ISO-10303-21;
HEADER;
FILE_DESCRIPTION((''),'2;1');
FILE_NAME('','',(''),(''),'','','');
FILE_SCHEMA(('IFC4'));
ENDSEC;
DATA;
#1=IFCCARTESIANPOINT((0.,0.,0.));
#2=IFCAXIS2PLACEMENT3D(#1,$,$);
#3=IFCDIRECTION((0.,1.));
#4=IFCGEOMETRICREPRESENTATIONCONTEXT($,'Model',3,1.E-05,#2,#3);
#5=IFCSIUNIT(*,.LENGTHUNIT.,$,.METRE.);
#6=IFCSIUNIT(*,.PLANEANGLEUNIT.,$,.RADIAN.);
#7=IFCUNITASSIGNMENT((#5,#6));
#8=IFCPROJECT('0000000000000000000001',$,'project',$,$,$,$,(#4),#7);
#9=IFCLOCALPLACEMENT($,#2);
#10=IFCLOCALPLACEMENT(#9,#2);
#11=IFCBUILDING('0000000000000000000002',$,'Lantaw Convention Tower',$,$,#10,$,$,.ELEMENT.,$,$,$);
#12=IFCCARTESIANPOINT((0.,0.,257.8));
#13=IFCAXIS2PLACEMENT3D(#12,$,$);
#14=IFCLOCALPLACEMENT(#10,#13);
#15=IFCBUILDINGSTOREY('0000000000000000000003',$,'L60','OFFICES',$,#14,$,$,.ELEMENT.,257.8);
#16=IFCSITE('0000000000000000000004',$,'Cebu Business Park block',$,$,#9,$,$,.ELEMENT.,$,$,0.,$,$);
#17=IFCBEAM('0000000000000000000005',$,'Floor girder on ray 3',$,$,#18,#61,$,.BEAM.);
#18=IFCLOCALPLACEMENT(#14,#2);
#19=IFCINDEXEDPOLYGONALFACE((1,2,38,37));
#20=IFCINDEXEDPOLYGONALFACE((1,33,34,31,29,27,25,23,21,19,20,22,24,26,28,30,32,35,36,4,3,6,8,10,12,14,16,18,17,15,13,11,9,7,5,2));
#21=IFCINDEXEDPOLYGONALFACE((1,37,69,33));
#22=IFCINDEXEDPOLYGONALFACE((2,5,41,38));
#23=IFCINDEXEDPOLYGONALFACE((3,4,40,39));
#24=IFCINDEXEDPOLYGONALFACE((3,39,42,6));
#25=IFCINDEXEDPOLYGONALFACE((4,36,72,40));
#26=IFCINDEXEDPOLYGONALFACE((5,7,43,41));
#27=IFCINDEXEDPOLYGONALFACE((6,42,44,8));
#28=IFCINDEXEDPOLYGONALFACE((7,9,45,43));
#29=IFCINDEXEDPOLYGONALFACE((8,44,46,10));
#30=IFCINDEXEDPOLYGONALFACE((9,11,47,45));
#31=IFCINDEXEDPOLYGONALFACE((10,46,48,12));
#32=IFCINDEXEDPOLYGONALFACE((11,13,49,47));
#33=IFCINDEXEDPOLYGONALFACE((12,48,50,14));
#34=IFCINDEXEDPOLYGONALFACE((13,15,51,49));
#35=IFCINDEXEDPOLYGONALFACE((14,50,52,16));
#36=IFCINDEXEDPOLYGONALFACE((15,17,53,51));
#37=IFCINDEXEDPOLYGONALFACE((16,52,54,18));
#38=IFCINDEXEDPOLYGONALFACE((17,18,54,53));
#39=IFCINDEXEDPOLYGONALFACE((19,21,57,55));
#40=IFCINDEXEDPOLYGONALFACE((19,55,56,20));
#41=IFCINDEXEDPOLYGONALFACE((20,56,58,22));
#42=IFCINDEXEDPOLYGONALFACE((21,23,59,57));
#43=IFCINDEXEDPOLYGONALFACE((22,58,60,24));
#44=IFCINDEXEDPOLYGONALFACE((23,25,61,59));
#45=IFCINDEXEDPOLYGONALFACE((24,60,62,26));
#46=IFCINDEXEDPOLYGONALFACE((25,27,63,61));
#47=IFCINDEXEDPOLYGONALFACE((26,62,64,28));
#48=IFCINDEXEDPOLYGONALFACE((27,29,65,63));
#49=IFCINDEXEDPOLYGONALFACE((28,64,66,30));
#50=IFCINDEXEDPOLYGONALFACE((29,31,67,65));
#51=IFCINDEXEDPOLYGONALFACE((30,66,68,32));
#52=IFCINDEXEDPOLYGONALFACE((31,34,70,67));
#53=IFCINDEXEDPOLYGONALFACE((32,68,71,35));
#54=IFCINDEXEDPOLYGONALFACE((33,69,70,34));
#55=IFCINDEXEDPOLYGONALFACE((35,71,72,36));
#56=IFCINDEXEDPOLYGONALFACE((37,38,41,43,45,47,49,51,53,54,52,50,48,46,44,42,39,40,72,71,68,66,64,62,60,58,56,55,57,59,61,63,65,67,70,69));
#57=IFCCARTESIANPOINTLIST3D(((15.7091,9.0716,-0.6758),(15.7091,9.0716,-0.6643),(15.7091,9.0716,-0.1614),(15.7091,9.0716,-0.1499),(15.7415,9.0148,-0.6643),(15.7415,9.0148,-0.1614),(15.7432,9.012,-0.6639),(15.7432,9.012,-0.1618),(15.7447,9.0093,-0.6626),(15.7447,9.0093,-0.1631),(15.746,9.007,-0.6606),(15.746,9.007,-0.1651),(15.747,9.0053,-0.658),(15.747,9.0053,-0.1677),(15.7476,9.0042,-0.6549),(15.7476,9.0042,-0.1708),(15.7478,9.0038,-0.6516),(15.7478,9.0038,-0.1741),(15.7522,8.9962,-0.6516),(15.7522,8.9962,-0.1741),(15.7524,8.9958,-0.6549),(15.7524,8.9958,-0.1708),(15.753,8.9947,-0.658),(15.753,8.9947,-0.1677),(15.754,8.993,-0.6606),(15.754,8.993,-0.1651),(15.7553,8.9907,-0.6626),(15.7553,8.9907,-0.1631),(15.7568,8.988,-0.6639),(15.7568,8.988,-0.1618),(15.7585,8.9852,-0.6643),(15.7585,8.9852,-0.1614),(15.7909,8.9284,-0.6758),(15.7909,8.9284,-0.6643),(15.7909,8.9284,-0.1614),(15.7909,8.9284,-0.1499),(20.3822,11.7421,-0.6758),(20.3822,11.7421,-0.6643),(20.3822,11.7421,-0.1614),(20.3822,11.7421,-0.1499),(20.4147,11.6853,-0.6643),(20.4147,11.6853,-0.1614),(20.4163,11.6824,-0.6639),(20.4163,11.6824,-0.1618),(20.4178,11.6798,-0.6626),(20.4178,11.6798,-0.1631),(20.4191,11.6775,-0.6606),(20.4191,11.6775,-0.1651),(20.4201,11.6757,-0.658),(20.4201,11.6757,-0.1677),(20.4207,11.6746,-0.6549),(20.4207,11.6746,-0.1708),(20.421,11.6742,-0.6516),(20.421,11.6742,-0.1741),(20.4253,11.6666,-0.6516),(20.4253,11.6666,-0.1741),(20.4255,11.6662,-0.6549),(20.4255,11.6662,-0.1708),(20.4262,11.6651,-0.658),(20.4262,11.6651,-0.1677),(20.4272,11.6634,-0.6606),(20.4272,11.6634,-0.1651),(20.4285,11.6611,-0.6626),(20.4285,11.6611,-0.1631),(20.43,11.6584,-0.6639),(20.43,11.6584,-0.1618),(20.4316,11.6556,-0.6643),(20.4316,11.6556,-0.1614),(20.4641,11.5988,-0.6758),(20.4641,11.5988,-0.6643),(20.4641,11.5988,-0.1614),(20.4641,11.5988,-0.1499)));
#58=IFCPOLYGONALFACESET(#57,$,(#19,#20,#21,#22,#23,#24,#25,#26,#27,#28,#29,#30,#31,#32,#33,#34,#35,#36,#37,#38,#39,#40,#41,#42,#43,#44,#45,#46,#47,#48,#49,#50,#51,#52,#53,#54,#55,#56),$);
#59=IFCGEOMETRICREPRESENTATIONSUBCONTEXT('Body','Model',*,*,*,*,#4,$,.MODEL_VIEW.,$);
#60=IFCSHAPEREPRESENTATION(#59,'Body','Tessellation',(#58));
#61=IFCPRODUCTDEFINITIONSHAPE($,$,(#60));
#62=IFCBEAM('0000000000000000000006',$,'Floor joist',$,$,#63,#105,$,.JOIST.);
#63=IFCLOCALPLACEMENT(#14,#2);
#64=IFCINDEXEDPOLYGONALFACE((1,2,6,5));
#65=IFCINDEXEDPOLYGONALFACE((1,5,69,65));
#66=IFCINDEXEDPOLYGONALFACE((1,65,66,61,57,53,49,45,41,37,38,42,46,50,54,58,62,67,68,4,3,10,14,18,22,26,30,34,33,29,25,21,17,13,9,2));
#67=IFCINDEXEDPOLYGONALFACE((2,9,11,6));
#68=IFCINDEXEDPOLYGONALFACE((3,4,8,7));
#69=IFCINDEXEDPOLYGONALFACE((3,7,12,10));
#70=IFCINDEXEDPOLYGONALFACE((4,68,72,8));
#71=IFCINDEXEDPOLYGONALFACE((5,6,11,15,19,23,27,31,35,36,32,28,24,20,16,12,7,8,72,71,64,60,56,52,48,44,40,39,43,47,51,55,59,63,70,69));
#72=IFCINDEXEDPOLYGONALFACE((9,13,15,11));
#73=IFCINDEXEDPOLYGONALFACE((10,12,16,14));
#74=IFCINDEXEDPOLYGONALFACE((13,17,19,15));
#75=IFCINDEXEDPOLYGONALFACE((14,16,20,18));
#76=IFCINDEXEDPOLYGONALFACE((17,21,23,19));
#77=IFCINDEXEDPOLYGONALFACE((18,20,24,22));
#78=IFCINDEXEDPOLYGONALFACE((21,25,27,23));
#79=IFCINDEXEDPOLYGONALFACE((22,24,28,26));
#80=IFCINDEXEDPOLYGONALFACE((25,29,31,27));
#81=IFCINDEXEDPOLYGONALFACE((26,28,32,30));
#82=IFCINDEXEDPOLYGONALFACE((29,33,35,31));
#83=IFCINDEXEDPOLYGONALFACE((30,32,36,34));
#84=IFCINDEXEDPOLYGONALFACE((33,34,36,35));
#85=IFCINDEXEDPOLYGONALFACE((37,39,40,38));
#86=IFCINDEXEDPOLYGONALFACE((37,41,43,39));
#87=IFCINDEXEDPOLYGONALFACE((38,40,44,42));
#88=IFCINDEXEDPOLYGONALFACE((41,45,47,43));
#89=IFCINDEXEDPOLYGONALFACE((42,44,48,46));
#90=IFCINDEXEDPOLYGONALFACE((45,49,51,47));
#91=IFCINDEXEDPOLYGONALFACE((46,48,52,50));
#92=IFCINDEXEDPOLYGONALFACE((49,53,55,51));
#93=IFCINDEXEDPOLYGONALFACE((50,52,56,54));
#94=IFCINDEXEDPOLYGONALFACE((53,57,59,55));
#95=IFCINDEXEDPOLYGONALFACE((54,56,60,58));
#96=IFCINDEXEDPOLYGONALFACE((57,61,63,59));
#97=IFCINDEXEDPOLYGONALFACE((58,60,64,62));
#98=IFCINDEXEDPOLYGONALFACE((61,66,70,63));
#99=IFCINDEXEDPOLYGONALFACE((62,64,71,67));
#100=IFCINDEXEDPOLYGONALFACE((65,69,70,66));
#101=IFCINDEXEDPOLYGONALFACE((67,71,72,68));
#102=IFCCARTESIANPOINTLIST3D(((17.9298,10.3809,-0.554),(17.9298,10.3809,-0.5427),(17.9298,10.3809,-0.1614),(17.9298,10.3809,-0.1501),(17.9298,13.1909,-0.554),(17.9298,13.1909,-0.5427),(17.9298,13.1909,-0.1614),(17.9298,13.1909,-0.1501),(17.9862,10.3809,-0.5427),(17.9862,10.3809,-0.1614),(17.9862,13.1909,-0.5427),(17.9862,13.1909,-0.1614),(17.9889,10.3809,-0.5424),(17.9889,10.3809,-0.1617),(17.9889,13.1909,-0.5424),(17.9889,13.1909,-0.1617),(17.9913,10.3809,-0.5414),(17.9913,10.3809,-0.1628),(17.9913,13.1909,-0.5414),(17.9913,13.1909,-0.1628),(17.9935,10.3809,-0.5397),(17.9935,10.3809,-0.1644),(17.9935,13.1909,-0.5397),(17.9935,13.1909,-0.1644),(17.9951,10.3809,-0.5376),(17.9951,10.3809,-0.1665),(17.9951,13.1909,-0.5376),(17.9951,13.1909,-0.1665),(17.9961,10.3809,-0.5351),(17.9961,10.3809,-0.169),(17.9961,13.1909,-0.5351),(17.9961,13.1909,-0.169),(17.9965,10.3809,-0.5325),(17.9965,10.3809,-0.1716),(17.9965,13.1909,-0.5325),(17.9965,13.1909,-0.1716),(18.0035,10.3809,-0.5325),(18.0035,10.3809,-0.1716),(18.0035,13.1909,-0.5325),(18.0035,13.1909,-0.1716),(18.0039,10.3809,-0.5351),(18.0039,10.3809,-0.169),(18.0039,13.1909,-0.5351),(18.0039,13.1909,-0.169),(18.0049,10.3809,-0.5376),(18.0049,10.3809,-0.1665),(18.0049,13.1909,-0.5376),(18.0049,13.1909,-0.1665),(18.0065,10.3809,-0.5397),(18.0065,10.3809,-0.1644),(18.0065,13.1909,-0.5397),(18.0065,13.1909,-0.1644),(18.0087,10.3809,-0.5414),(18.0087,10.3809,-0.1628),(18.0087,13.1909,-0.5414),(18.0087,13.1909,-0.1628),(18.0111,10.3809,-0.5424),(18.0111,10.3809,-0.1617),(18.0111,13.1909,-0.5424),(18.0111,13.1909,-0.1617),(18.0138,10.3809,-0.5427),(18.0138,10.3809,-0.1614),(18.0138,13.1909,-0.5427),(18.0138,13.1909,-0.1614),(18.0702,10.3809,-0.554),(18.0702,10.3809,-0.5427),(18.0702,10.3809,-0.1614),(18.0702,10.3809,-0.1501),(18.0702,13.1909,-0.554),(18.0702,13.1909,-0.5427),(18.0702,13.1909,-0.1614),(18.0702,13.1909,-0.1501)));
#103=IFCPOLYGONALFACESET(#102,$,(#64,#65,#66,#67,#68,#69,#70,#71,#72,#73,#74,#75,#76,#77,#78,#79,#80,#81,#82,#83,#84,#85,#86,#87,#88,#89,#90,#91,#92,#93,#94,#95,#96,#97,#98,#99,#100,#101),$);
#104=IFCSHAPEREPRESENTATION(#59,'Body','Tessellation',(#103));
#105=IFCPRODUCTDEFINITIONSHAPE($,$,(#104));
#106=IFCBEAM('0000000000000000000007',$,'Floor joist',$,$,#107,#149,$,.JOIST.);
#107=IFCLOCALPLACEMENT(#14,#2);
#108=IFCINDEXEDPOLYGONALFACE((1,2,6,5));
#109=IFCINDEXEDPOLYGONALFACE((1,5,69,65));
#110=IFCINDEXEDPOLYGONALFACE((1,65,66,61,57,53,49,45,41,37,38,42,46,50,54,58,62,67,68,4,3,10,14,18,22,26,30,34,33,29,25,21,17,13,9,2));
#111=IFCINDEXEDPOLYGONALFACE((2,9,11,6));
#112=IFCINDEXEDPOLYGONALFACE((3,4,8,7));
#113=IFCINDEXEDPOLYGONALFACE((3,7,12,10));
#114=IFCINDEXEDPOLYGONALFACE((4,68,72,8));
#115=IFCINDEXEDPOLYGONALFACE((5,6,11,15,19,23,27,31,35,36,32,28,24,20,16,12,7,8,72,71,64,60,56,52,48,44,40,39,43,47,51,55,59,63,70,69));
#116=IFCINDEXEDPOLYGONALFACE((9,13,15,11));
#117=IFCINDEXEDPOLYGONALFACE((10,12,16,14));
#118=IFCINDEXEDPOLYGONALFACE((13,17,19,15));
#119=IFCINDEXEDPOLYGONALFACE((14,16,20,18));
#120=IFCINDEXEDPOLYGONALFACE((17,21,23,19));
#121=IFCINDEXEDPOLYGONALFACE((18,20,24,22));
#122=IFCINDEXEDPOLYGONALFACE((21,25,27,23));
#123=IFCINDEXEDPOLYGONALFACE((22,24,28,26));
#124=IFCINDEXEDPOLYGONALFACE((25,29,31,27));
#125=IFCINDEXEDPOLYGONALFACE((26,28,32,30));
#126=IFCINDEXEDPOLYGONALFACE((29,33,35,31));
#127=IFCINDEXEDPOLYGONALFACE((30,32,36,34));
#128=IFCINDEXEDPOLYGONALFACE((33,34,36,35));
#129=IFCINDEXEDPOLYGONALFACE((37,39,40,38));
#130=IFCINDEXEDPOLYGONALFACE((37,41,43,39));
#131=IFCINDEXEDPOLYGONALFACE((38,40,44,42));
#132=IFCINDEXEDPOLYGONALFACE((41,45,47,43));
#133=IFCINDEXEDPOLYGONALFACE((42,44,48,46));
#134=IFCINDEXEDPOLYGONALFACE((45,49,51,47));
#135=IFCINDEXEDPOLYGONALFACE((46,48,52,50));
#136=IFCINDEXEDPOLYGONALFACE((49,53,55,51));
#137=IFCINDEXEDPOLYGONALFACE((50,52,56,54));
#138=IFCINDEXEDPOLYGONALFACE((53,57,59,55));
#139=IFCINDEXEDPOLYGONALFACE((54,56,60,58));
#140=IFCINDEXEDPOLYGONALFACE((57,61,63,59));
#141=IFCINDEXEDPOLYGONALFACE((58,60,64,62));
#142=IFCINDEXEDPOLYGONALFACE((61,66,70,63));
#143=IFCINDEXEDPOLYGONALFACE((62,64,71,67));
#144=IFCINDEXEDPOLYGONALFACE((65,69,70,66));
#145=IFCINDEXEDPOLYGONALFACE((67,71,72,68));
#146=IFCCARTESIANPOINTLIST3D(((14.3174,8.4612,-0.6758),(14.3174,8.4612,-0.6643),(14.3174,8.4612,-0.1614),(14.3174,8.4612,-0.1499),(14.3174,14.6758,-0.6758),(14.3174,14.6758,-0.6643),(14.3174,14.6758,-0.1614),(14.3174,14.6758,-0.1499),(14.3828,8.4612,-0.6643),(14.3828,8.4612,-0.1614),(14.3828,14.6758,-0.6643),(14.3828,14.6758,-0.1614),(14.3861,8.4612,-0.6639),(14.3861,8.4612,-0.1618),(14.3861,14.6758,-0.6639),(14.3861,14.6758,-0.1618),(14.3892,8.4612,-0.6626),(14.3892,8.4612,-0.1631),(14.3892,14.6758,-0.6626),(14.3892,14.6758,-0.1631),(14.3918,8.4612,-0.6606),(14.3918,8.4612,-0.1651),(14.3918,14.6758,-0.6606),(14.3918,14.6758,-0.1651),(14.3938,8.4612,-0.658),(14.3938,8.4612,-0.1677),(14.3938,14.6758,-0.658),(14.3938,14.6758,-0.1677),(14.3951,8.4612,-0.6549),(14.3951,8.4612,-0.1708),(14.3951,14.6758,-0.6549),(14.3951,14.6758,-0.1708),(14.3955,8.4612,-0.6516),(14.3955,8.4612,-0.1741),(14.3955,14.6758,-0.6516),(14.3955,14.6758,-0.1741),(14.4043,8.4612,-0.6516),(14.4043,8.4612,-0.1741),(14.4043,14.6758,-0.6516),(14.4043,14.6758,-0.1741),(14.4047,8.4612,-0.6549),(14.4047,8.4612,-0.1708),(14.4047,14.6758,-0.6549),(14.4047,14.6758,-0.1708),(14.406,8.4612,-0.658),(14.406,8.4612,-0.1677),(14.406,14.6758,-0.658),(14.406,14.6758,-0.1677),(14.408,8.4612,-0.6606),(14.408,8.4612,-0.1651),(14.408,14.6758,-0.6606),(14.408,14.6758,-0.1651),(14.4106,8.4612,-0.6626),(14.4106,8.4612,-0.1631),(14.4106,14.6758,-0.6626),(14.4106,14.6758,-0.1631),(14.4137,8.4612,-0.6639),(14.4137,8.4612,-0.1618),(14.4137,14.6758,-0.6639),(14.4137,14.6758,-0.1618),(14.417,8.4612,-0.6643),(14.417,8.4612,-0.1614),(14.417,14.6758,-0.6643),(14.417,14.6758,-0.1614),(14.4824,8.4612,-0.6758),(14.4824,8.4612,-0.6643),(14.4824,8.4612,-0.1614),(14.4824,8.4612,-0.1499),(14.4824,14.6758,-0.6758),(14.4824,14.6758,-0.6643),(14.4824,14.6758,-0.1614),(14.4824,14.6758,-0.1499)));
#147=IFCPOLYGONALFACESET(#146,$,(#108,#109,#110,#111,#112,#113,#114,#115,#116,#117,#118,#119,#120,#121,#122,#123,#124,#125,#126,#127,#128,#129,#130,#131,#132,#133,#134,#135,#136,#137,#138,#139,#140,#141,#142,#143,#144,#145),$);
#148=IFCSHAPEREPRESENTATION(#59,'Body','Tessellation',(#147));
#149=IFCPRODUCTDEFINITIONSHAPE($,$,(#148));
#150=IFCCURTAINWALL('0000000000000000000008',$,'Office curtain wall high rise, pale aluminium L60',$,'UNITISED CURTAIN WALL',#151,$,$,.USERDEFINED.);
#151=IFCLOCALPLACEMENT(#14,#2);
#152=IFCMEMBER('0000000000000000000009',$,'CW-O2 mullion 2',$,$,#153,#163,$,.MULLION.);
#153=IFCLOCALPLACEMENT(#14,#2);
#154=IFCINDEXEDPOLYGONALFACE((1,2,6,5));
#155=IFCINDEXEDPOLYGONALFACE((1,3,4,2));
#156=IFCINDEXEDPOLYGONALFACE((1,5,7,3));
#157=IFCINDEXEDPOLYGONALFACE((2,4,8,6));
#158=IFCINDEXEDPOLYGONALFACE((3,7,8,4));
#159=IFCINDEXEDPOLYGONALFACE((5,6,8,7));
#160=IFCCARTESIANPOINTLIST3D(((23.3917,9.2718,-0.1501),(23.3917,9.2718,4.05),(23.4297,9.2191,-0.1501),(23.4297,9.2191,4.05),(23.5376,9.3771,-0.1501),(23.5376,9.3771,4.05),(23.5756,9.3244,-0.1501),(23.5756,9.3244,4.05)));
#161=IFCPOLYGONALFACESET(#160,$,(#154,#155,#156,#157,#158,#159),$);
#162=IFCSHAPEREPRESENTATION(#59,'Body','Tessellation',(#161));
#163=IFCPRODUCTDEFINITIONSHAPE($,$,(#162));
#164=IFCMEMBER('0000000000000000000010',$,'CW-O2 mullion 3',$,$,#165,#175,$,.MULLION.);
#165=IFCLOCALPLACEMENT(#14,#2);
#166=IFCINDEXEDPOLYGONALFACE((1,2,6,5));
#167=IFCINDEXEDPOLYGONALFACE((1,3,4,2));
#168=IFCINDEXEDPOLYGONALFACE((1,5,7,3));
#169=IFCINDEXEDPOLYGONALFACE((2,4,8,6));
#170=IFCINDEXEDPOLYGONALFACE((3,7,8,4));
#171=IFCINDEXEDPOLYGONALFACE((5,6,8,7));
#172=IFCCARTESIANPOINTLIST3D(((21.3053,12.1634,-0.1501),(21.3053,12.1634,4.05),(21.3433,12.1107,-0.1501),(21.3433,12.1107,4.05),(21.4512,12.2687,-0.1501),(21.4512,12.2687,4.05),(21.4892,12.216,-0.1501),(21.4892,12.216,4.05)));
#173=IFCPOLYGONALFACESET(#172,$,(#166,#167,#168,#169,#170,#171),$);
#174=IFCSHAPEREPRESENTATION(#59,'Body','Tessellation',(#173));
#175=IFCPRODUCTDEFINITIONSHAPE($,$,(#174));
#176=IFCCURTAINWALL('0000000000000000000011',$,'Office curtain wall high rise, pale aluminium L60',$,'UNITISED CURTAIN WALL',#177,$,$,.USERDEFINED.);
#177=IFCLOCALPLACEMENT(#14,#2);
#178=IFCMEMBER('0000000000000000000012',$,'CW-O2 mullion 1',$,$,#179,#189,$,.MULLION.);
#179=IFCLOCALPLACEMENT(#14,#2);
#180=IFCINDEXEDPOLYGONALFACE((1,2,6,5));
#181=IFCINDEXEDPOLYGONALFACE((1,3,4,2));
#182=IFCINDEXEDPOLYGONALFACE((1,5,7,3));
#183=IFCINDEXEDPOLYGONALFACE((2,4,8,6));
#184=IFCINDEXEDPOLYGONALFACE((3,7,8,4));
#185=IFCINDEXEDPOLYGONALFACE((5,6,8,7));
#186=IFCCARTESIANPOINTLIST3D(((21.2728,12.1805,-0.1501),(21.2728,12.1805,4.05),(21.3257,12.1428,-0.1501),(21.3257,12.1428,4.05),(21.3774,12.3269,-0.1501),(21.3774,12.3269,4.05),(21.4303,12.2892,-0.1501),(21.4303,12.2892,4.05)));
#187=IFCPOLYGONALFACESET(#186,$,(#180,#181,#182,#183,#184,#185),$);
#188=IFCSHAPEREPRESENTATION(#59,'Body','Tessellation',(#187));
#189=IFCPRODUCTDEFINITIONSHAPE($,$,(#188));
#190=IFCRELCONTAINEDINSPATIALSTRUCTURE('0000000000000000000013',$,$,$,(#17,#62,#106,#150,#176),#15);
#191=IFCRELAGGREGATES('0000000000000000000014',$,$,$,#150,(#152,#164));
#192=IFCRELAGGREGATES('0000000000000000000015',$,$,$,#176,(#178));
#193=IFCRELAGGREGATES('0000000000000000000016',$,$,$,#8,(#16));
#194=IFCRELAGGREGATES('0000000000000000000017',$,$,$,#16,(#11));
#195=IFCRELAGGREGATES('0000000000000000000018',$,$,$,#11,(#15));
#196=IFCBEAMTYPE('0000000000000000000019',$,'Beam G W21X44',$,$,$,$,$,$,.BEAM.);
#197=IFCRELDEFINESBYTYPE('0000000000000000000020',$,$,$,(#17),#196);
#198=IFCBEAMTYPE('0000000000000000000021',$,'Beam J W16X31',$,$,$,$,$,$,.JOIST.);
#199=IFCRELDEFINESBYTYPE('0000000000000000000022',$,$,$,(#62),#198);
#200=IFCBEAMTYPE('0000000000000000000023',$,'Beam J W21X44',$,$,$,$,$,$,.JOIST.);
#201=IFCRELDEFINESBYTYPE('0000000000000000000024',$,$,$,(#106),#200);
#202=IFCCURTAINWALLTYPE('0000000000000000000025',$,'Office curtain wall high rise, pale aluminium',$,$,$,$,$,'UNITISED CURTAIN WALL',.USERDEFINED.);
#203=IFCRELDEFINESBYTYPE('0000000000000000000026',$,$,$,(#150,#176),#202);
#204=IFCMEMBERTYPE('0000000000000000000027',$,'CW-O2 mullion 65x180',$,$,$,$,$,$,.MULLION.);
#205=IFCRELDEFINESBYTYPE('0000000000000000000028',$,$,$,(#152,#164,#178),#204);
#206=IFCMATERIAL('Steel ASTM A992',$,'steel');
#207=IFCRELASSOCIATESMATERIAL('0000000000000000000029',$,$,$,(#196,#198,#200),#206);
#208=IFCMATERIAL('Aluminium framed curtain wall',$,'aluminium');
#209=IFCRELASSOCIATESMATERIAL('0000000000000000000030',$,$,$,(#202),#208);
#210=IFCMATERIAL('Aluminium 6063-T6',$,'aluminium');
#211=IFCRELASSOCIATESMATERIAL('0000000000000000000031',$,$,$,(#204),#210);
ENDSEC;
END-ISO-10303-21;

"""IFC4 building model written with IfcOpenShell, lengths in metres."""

from ifc_helpers import new_model, si_unit, direction, frame, origin, origin_2d, place, context, subcontext, project, spatial, rectangle, i_section, extrude, material, material_profile, profile_set, type_object, element, aggregate, save


model = new_model("IFC4")

# Units and contexts
model_context = context("Model", 3, precision=1e-05, world=origin(), true_north=direction((0.0, 1.0)))
body_context = subcontext(model_context, "Body", "Model", "MODEL_VIEW")
ifc_project = project(units=[si_unit("LENGTHUNIT", "METRE"), si_unit("PLANEANGLEUNIT", "RADIAN")], contexts=[model_context])

# Site, building, storey
site_placement = place(None, origin())
site = spatial("IfcSite", under=ifc_project, at=site_placement, Name="Cebu Business Park block", CompositionType="ELEMENT", RefElevation=0.0)
building_placement = place(site_placement, origin())
building = spatial("IfcBuilding", under=site, at=building_placement, Name="Lantaw Convention Tower", CompositionType="ELEMENT")
storey_placement = place(building_placement, frame((0.0, 0.0, 257.8)))
storey = spatial("IfcBuildingStorey", under=building, at=storey_placement, Name="L60", Description="OFFICES", CompositionType="ELEMENT", Elevation=257.8)

# Beams
ifc_material_1 = material(Name="Steel ASTM A992", Category="steel")
ifc_material_profile_1 = material_profile(ifc_material_1, i_section(OverallWidth=0.165, OverallDepth=0.5259, WebThickness=0.0088, FlangeThickness=0.0115, FilletRadius=0.0127, at=origin_2d()), Name="W21X44")
ifc_profile_set_1 = profile_set([ifc_material_profile_1], Name="Steel ASTM A992")
beam_type_1 = type_object("IfcBeamType", Name="Beam G W21X44", PredefinedType="BEAM", material=ifc_profile_set_1)
beam_1_placement = place(storey_placement, frame((15.75, 9.0, -0.4128), z_axis=(0.868238, 0.496149, 0.0), x_axis=(-0.496149, 0.868238, 0.0)))
element("IfcBeam", 1, at=beam_1_placement, inside=storey, type_object=beam_type_1, Name="Floor girder on ray 3", PredefinedType="BEAM", context=body_context, shape_type="SweptSolid", body=[
    extrude(i_section(OverallWidth=0.165, OverallDepth=0.5259, WebThickness=0.0088, FlangeThickness=0.0115, FilletRadius=0.0127, at=origin_2d()), origin(), (0.0, 0.0, 1.0), 5.3823),
])
ifc_material_profile_2 = material_profile(ifc_material_1, i_section(OverallWidth=0.1404, OverallDepth=0.4038, WebThickness=0.0071, FlangeThickness=0.0112, FilletRadius=0.0103, at=origin_2d()), Name="W16X31")
ifc_profile_set_2 = profile_set([ifc_material_profile_2], Name="Steel ASTM A992")
beam_type_2 = type_object("IfcBeamType", Name="Beam J W16X31", PredefinedType="JOIST", material=ifc_profile_set_2)
beam_2_placement = place(storey_placement, frame((18.0, 10.3809, -0.3521), z_axis=(0.0, 1.0, 0.0), x_axis=(-1.0, 0.0, 0.0)))
element("IfcBeam", 2, at=beam_2_placement, inside=storey, type_object=beam_type_2, Name="Floor joist", PredefinedType="JOIST", context=body_context, shape_type="SweptSolid", body=[
    extrude(i_section(OverallWidth=0.1404, OverallDepth=0.4038, WebThickness=0.0071, FlangeThickness=0.0112, FilletRadius=0.0103, at=origin_2d()), origin(), (0.0, 0.0, 1.0), 2.8101),
])
ifc_material_profile_3 = material_profile(ifc_material_1, i_section(OverallWidth=0.165, OverallDepth=0.5259, WebThickness=0.0088, FlangeThickness=0.0115, FilletRadius=0.0127, at=origin_2d()), Name="W21X44")
ifc_profile_set_3 = profile_set([ifc_material_profile_3], Name="Steel ASTM A992")
beam_type_3 = type_object("IfcBeamType", Name="Beam J W21X44", PredefinedType="JOIST", material=ifc_profile_set_3)
beam_3_placement = place(storey_placement, frame((14.3999, 8.4612, -0.4128), z_axis=(0.0, 1.0, 0.0), x_axis=(-1.0, 0.0, 0.0)))
element("IfcBeam", 3, at=beam_3_placement, inside=storey, type_object=beam_type_3, Name="Floor joist", PredefinedType="JOIST", context=body_context, shape_type="SweptSolid", body=[
    extrude(i_section(OverallWidth=0.165, OverallDepth=0.5259, WebThickness=0.0088, FlangeThickness=0.0115, FilletRadius=0.0127, at=origin_2d()), origin(), (0.0, 0.0, 1.0), 6.2146),
])

# Curtain walls, members
ifc_material_2 = material(Name="Aluminium framed curtain wall", Category="aluminium")
curtain_wall_type = type_object("IfcCurtainWallType", Name="Office curtain wall high rise, pale aluminium", ElementType="UNITISED CURTAIN WALL", PredefinedType="USERDEFINED", material=ifc_material_2)
curtain_wall_1_placement = place(storey_placement, origin())
curtain_wall_1 = element("IfcCurtainWall", 4, at=curtain_wall_1_placement, inside=storey, type_object=curtain_wall_type, Name="Office curtain wall high rise, pale aluminium L60", ObjectType="UNITISED CURTAIN WALL", PredefinedType="USERDEFINED")
ifc_material_3 = material(Name="Aluminium 6063-T6", Category="aluminium")
ifc_material_profile_4 = material_profile(ifc_material_3, rectangle(XDim=0.1799, YDim=0.0649, at=origin_2d()), Name="CW-O2 mullion 65x180")
ifc_profile_set_4 = profile_set([ifc_material_profile_4], Name="Aluminium 6063-T6")
member_type_1 = type_object("IfcMemberType", Name="CW-O2 mullion 65x180", PredefinedType="MULLION", material=ifc_profile_set_4)
member_1_placement = place(storey_placement, frame((23.4836, 9.2981, -0.1501), z_axis=(0.0, 0.0, 1.0), x_axis=(-0.81092, -0.585158, 0.0)))
member_1 = element("IfcMember", 5, at=member_1_placement, type_object=member_type_1, Name="CW-O2 mullion 2", PredefinedType="MULLION", context=body_context, shape_type="SweptSolid", body=[
    extrude(rectangle(XDim=0.1799, YDim=0.0649, at=origin_2d()), origin(), (0.0, 0.0, 1.0), 4.2002),
])
member_2_placement = place(storey_placement, frame((21.3972, 12.1897, -0.1501), z_axis=(0.0, 0.0, 1.0), x_axis=(-0.81092, -0.585158, 0.0)))
member_2 = element("IfcMember", 6, at=member_2_placement, type_object=member_type_1, Name="CW-O2 mullion 3", PredefinedType="MULLION", context=body_context, shape_type="SweptSolid", body=[
    extrude(rectangle(XDim=0.1799, YDim=0.0649, at=origin_2d()), origin(), (0.0, 0.0, 1.0), 4.2002),
])
curtain_wall_2_placement = place(storey_placement, origin())
curtain_wall_2 = element("IfcCurtainWall", 7, at=curtain_wall_2_placement, inside=storey, type_object=curtain_wall_type, Name="Office curtain wall high rise, pale aluminium L60", ObjectType="UNITISED CURTAIN WALL", PredefinedType="USERDEFINED")
member_3_placement = place(storey_placement, frame((21.3516, 12.2349, -0.1501), z_axis=(0.0, 0.0, 1.0), x_axis=(-0.581323, -0.813673, 0.0)))
member_3 = element("IfcMember", 8, at=member_3_placement, type_object=member_type_1, Name="CW-O2 mullion 1", PredefinedType="MULLION", context=body_context, shape_type="SweptSolid", body=[
    extrude(rectangle(XDim=0.1799, YDim=0.0649, at=origin_2d()), origin(), (0.0, 0.0, 1.0), 4.2002),
])

aggregate(curtain_wall_1, [member_1, member_2])
aggregate(curtain_wall_2, [member_3])

save(model, "model.ifc")
